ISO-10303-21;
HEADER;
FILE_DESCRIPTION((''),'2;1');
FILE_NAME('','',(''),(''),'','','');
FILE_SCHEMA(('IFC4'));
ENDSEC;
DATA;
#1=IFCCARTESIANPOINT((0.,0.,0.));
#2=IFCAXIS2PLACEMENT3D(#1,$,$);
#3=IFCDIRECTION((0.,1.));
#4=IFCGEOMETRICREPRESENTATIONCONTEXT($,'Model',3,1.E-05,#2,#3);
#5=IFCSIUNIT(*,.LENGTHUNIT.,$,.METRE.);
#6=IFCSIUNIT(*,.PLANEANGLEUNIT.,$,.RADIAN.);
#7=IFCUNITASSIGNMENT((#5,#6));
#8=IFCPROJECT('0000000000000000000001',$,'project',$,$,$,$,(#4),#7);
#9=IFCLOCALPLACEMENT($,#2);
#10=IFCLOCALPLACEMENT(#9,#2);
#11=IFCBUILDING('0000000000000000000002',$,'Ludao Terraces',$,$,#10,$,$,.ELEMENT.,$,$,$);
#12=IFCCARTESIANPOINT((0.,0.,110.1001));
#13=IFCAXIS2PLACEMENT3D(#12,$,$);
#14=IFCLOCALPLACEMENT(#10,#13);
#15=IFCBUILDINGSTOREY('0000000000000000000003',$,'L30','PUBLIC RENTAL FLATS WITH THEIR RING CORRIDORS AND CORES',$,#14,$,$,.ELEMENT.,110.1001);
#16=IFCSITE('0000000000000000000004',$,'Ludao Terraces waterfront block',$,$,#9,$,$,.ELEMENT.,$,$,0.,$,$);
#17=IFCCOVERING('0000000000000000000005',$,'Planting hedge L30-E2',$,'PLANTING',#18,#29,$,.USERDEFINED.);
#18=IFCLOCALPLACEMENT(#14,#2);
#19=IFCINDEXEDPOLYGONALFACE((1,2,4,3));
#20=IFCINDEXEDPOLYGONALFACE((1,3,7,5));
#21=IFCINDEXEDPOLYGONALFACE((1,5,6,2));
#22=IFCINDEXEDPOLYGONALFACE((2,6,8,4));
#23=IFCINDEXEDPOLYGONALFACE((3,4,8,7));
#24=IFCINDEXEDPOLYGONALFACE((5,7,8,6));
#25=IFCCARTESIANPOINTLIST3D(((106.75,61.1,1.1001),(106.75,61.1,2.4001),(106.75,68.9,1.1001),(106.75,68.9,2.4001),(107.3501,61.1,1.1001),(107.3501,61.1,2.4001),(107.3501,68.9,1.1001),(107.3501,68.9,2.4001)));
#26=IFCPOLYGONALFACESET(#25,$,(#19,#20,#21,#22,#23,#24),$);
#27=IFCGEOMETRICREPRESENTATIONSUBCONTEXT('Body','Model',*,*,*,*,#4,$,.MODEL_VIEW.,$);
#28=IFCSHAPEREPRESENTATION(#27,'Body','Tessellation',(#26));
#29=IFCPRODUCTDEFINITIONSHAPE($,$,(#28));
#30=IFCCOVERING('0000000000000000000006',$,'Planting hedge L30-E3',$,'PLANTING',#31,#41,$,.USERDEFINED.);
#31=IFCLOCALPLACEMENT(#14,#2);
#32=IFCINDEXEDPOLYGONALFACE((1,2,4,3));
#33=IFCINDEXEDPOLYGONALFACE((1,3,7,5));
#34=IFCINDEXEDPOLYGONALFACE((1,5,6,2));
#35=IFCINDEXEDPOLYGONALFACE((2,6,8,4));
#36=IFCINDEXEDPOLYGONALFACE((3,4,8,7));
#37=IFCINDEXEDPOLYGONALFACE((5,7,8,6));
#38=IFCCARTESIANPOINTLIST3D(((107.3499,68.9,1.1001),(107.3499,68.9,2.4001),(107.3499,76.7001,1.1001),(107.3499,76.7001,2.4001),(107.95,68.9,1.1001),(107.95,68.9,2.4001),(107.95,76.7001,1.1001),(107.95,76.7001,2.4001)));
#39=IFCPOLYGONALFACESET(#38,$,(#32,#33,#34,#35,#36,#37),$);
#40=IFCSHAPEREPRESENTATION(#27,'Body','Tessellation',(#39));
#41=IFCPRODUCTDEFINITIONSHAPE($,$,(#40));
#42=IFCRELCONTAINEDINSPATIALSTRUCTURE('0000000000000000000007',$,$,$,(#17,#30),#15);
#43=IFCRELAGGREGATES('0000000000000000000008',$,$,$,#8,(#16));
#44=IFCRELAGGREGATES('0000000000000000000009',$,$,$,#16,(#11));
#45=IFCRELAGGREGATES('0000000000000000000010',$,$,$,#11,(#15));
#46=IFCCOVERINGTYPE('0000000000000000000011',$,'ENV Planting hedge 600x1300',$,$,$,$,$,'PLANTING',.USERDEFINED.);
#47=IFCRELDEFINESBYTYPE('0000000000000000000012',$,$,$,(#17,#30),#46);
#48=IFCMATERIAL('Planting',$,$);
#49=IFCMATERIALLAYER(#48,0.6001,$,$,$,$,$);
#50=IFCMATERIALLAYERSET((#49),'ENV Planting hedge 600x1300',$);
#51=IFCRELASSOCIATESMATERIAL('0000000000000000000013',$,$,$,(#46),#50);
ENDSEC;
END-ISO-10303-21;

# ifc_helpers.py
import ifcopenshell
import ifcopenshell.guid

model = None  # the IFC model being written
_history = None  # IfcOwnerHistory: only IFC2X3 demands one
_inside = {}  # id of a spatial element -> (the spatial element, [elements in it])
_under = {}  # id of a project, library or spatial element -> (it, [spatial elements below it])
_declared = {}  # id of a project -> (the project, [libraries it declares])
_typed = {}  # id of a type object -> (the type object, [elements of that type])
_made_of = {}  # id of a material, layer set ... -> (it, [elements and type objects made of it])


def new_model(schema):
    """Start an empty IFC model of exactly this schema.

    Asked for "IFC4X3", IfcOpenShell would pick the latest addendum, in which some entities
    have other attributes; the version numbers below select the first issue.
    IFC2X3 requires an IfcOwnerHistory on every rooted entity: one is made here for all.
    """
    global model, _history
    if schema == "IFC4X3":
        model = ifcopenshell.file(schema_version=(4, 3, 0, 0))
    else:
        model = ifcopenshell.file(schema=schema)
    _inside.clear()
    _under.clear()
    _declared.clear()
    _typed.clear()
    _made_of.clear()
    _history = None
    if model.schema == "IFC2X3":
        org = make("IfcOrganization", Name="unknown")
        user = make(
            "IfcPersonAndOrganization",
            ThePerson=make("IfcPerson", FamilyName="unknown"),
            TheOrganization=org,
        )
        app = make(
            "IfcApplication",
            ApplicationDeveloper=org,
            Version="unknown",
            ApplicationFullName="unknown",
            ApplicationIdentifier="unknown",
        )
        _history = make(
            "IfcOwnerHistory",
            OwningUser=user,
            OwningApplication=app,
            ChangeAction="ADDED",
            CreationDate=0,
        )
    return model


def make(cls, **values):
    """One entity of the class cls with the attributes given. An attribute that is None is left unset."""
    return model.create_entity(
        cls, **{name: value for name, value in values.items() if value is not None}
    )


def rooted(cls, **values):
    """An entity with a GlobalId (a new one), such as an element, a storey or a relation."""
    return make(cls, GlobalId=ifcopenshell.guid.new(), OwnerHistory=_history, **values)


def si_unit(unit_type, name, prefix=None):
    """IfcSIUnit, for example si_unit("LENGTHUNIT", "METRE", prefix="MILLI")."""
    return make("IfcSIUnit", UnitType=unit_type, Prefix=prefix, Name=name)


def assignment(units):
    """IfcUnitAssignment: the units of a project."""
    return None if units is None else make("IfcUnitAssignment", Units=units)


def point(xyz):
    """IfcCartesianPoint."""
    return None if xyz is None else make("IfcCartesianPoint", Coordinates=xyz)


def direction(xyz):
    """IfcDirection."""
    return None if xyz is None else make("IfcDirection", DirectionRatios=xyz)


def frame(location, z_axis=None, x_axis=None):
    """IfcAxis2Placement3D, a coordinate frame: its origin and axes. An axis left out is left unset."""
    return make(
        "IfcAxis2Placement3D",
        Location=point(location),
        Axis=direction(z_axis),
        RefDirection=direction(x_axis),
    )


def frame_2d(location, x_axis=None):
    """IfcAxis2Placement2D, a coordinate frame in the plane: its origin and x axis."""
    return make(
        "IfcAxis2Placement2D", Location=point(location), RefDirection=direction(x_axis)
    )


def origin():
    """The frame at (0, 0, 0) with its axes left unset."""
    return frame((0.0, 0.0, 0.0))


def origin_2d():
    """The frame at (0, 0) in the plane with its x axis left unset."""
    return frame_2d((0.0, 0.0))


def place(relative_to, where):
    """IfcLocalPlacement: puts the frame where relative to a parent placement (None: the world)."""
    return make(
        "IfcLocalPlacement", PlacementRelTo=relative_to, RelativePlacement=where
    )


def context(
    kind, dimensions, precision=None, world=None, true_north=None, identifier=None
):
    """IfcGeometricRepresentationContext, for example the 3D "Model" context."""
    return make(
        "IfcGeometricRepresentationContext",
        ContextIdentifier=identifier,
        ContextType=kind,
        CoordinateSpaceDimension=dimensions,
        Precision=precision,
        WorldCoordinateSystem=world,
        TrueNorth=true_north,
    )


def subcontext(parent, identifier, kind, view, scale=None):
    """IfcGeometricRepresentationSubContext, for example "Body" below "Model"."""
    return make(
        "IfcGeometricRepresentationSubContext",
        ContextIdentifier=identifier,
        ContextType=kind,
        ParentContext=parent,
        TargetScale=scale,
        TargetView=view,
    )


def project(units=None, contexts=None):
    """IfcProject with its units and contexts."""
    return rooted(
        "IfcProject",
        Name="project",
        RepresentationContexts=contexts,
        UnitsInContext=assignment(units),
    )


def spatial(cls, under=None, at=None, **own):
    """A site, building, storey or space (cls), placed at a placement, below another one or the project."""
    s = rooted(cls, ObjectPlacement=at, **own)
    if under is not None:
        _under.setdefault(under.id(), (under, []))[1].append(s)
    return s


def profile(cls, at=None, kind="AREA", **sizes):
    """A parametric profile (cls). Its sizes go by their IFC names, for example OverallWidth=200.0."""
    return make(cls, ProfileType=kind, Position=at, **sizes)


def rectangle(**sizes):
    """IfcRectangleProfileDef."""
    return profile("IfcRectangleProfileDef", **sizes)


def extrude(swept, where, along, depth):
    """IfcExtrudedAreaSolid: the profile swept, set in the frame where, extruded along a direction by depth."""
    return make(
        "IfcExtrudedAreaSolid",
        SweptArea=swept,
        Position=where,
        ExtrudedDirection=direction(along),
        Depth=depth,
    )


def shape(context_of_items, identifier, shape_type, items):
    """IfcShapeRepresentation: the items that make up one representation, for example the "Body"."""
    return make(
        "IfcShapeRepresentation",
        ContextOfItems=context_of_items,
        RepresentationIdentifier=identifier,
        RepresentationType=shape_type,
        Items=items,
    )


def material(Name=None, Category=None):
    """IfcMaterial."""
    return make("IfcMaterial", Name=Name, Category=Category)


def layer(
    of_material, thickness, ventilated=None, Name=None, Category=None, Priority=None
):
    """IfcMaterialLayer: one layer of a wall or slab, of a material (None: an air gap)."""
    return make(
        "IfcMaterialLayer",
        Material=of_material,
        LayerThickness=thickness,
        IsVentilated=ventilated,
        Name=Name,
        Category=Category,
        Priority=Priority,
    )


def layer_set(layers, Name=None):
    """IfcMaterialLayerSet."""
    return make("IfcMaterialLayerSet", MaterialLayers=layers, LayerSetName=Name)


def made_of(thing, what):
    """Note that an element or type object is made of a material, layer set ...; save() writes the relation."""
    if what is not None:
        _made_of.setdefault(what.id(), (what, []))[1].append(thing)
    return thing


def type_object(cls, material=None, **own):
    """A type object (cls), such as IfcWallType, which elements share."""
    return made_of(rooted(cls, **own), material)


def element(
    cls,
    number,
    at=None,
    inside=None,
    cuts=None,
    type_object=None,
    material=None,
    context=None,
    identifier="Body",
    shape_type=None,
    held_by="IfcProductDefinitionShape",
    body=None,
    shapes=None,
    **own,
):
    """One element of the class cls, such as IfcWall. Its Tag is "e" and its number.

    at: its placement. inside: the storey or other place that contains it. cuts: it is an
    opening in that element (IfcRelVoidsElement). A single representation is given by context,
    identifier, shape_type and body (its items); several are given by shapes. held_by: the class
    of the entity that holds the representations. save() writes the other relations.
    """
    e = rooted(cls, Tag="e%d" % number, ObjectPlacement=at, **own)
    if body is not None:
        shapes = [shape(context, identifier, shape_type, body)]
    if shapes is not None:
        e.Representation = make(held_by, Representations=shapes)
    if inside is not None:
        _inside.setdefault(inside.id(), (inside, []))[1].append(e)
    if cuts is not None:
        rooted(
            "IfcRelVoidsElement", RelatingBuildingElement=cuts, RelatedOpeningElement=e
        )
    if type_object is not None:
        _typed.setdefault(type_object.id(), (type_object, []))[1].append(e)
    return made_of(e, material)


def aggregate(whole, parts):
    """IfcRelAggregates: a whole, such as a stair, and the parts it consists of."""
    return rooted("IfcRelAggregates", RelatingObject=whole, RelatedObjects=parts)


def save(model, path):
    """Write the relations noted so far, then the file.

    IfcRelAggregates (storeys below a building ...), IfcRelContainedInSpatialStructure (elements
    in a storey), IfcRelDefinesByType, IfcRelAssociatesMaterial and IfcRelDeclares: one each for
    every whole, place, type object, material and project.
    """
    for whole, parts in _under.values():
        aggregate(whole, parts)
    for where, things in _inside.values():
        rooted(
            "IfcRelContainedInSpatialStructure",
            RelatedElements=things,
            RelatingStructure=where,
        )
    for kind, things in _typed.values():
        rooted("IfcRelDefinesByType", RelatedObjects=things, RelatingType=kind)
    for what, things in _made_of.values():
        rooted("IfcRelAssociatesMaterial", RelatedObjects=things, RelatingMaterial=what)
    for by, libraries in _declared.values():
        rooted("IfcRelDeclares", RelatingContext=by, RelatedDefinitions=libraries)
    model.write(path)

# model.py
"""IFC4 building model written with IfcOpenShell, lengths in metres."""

from ifc_helpers import new_model, si_unit, direction, frame, origin, origin_2d, place, context, subcontext, project, spatial, rectangle, extrude, material, layer, layer_set, type_object, element, save


model = new_model("IFC4")

# Units and contexts
model_context = context("Model", 3, precision=1e-05, world=origin(), true_north=direction((0.0, 1.0)))
body_context = subcontext(model_context, "Body", "Model", "MODEL_VIEW")
ifc_project = project(units=[si_unit("LENGTHUNIT", "METRE"), si_unit("PLANEANGLEUNIT", "RADIAN")], contexts=[model_context])

# Site, building, storey
site_placement = place(None, origin())
site = spatial("IfcSite", under=ifc_project, at=site_placement, Name="Ludao Terraces waterfront block", CompositionType="ELEMENT", RefElevation=0.0)
building_placement = place(site_placement, origin())
building = spatial("IfcBuilding", under=site, at=building_placement, Name="Ludao Terraces", CompositionType="ELEMENT")
storey_placement = place(building_placement, frame((0.0, 0.0, 110.1001)))
storey = spatial("IfcBuildingStorey", under=building, at=storey_placement, Name="L30", Description="PUBLIC RENTAL FLATS WITH THEIR RING CORRIDORS AND CORES", CompositionType="ELEMENT", Elevation=110.1001)

# Coverings
ifc_material_1 = material(Name="Planting")
ifc_layer_1 = layer(ifc_material_1, 0.6001)
ifc_layer_set_1 = layer_set([ifc_layer_1], Name="ENV Planting hedge 600x1300")
covering_type = type_object("IfcCoveringType", Name="ENV Planting hedge 600x1300", ElementType="PLANTING", PredefinedType="USERDEFINED", material=ifc_layer_set_1)
for number, where, z_axis, x_axis, name in (
    (1, (107.05, 65.0, 1.1001), (0.0, 0.0, 1.0), (1.0, 0.0, 0.0), "Planting hedge L30-E2"),
    (2, (107.6499, 72.8, 1.1001), (0.0, 0.0, 1.0), (1.0, 0.0, 0.0), "Planting hedge L30-E3"),
):
    element("IfcCovering", number, at=place(storey_placement, frame(where, z_axis=z_axis, x_axis=x_axis)), inside=storey, type_object=covering_type, Name=name, ObjectType="PLANTING", PredefinedType="USERDEFINED", context=body_context, shape_type="SweptSolid", body=[
        extrude(rectangle(XDim=0.6001, YDim=7.8, at=origin_2d()), origin(), (0.0, 0.0, 1.0), 1.3),
    ])

save(model, "model.ifc")
